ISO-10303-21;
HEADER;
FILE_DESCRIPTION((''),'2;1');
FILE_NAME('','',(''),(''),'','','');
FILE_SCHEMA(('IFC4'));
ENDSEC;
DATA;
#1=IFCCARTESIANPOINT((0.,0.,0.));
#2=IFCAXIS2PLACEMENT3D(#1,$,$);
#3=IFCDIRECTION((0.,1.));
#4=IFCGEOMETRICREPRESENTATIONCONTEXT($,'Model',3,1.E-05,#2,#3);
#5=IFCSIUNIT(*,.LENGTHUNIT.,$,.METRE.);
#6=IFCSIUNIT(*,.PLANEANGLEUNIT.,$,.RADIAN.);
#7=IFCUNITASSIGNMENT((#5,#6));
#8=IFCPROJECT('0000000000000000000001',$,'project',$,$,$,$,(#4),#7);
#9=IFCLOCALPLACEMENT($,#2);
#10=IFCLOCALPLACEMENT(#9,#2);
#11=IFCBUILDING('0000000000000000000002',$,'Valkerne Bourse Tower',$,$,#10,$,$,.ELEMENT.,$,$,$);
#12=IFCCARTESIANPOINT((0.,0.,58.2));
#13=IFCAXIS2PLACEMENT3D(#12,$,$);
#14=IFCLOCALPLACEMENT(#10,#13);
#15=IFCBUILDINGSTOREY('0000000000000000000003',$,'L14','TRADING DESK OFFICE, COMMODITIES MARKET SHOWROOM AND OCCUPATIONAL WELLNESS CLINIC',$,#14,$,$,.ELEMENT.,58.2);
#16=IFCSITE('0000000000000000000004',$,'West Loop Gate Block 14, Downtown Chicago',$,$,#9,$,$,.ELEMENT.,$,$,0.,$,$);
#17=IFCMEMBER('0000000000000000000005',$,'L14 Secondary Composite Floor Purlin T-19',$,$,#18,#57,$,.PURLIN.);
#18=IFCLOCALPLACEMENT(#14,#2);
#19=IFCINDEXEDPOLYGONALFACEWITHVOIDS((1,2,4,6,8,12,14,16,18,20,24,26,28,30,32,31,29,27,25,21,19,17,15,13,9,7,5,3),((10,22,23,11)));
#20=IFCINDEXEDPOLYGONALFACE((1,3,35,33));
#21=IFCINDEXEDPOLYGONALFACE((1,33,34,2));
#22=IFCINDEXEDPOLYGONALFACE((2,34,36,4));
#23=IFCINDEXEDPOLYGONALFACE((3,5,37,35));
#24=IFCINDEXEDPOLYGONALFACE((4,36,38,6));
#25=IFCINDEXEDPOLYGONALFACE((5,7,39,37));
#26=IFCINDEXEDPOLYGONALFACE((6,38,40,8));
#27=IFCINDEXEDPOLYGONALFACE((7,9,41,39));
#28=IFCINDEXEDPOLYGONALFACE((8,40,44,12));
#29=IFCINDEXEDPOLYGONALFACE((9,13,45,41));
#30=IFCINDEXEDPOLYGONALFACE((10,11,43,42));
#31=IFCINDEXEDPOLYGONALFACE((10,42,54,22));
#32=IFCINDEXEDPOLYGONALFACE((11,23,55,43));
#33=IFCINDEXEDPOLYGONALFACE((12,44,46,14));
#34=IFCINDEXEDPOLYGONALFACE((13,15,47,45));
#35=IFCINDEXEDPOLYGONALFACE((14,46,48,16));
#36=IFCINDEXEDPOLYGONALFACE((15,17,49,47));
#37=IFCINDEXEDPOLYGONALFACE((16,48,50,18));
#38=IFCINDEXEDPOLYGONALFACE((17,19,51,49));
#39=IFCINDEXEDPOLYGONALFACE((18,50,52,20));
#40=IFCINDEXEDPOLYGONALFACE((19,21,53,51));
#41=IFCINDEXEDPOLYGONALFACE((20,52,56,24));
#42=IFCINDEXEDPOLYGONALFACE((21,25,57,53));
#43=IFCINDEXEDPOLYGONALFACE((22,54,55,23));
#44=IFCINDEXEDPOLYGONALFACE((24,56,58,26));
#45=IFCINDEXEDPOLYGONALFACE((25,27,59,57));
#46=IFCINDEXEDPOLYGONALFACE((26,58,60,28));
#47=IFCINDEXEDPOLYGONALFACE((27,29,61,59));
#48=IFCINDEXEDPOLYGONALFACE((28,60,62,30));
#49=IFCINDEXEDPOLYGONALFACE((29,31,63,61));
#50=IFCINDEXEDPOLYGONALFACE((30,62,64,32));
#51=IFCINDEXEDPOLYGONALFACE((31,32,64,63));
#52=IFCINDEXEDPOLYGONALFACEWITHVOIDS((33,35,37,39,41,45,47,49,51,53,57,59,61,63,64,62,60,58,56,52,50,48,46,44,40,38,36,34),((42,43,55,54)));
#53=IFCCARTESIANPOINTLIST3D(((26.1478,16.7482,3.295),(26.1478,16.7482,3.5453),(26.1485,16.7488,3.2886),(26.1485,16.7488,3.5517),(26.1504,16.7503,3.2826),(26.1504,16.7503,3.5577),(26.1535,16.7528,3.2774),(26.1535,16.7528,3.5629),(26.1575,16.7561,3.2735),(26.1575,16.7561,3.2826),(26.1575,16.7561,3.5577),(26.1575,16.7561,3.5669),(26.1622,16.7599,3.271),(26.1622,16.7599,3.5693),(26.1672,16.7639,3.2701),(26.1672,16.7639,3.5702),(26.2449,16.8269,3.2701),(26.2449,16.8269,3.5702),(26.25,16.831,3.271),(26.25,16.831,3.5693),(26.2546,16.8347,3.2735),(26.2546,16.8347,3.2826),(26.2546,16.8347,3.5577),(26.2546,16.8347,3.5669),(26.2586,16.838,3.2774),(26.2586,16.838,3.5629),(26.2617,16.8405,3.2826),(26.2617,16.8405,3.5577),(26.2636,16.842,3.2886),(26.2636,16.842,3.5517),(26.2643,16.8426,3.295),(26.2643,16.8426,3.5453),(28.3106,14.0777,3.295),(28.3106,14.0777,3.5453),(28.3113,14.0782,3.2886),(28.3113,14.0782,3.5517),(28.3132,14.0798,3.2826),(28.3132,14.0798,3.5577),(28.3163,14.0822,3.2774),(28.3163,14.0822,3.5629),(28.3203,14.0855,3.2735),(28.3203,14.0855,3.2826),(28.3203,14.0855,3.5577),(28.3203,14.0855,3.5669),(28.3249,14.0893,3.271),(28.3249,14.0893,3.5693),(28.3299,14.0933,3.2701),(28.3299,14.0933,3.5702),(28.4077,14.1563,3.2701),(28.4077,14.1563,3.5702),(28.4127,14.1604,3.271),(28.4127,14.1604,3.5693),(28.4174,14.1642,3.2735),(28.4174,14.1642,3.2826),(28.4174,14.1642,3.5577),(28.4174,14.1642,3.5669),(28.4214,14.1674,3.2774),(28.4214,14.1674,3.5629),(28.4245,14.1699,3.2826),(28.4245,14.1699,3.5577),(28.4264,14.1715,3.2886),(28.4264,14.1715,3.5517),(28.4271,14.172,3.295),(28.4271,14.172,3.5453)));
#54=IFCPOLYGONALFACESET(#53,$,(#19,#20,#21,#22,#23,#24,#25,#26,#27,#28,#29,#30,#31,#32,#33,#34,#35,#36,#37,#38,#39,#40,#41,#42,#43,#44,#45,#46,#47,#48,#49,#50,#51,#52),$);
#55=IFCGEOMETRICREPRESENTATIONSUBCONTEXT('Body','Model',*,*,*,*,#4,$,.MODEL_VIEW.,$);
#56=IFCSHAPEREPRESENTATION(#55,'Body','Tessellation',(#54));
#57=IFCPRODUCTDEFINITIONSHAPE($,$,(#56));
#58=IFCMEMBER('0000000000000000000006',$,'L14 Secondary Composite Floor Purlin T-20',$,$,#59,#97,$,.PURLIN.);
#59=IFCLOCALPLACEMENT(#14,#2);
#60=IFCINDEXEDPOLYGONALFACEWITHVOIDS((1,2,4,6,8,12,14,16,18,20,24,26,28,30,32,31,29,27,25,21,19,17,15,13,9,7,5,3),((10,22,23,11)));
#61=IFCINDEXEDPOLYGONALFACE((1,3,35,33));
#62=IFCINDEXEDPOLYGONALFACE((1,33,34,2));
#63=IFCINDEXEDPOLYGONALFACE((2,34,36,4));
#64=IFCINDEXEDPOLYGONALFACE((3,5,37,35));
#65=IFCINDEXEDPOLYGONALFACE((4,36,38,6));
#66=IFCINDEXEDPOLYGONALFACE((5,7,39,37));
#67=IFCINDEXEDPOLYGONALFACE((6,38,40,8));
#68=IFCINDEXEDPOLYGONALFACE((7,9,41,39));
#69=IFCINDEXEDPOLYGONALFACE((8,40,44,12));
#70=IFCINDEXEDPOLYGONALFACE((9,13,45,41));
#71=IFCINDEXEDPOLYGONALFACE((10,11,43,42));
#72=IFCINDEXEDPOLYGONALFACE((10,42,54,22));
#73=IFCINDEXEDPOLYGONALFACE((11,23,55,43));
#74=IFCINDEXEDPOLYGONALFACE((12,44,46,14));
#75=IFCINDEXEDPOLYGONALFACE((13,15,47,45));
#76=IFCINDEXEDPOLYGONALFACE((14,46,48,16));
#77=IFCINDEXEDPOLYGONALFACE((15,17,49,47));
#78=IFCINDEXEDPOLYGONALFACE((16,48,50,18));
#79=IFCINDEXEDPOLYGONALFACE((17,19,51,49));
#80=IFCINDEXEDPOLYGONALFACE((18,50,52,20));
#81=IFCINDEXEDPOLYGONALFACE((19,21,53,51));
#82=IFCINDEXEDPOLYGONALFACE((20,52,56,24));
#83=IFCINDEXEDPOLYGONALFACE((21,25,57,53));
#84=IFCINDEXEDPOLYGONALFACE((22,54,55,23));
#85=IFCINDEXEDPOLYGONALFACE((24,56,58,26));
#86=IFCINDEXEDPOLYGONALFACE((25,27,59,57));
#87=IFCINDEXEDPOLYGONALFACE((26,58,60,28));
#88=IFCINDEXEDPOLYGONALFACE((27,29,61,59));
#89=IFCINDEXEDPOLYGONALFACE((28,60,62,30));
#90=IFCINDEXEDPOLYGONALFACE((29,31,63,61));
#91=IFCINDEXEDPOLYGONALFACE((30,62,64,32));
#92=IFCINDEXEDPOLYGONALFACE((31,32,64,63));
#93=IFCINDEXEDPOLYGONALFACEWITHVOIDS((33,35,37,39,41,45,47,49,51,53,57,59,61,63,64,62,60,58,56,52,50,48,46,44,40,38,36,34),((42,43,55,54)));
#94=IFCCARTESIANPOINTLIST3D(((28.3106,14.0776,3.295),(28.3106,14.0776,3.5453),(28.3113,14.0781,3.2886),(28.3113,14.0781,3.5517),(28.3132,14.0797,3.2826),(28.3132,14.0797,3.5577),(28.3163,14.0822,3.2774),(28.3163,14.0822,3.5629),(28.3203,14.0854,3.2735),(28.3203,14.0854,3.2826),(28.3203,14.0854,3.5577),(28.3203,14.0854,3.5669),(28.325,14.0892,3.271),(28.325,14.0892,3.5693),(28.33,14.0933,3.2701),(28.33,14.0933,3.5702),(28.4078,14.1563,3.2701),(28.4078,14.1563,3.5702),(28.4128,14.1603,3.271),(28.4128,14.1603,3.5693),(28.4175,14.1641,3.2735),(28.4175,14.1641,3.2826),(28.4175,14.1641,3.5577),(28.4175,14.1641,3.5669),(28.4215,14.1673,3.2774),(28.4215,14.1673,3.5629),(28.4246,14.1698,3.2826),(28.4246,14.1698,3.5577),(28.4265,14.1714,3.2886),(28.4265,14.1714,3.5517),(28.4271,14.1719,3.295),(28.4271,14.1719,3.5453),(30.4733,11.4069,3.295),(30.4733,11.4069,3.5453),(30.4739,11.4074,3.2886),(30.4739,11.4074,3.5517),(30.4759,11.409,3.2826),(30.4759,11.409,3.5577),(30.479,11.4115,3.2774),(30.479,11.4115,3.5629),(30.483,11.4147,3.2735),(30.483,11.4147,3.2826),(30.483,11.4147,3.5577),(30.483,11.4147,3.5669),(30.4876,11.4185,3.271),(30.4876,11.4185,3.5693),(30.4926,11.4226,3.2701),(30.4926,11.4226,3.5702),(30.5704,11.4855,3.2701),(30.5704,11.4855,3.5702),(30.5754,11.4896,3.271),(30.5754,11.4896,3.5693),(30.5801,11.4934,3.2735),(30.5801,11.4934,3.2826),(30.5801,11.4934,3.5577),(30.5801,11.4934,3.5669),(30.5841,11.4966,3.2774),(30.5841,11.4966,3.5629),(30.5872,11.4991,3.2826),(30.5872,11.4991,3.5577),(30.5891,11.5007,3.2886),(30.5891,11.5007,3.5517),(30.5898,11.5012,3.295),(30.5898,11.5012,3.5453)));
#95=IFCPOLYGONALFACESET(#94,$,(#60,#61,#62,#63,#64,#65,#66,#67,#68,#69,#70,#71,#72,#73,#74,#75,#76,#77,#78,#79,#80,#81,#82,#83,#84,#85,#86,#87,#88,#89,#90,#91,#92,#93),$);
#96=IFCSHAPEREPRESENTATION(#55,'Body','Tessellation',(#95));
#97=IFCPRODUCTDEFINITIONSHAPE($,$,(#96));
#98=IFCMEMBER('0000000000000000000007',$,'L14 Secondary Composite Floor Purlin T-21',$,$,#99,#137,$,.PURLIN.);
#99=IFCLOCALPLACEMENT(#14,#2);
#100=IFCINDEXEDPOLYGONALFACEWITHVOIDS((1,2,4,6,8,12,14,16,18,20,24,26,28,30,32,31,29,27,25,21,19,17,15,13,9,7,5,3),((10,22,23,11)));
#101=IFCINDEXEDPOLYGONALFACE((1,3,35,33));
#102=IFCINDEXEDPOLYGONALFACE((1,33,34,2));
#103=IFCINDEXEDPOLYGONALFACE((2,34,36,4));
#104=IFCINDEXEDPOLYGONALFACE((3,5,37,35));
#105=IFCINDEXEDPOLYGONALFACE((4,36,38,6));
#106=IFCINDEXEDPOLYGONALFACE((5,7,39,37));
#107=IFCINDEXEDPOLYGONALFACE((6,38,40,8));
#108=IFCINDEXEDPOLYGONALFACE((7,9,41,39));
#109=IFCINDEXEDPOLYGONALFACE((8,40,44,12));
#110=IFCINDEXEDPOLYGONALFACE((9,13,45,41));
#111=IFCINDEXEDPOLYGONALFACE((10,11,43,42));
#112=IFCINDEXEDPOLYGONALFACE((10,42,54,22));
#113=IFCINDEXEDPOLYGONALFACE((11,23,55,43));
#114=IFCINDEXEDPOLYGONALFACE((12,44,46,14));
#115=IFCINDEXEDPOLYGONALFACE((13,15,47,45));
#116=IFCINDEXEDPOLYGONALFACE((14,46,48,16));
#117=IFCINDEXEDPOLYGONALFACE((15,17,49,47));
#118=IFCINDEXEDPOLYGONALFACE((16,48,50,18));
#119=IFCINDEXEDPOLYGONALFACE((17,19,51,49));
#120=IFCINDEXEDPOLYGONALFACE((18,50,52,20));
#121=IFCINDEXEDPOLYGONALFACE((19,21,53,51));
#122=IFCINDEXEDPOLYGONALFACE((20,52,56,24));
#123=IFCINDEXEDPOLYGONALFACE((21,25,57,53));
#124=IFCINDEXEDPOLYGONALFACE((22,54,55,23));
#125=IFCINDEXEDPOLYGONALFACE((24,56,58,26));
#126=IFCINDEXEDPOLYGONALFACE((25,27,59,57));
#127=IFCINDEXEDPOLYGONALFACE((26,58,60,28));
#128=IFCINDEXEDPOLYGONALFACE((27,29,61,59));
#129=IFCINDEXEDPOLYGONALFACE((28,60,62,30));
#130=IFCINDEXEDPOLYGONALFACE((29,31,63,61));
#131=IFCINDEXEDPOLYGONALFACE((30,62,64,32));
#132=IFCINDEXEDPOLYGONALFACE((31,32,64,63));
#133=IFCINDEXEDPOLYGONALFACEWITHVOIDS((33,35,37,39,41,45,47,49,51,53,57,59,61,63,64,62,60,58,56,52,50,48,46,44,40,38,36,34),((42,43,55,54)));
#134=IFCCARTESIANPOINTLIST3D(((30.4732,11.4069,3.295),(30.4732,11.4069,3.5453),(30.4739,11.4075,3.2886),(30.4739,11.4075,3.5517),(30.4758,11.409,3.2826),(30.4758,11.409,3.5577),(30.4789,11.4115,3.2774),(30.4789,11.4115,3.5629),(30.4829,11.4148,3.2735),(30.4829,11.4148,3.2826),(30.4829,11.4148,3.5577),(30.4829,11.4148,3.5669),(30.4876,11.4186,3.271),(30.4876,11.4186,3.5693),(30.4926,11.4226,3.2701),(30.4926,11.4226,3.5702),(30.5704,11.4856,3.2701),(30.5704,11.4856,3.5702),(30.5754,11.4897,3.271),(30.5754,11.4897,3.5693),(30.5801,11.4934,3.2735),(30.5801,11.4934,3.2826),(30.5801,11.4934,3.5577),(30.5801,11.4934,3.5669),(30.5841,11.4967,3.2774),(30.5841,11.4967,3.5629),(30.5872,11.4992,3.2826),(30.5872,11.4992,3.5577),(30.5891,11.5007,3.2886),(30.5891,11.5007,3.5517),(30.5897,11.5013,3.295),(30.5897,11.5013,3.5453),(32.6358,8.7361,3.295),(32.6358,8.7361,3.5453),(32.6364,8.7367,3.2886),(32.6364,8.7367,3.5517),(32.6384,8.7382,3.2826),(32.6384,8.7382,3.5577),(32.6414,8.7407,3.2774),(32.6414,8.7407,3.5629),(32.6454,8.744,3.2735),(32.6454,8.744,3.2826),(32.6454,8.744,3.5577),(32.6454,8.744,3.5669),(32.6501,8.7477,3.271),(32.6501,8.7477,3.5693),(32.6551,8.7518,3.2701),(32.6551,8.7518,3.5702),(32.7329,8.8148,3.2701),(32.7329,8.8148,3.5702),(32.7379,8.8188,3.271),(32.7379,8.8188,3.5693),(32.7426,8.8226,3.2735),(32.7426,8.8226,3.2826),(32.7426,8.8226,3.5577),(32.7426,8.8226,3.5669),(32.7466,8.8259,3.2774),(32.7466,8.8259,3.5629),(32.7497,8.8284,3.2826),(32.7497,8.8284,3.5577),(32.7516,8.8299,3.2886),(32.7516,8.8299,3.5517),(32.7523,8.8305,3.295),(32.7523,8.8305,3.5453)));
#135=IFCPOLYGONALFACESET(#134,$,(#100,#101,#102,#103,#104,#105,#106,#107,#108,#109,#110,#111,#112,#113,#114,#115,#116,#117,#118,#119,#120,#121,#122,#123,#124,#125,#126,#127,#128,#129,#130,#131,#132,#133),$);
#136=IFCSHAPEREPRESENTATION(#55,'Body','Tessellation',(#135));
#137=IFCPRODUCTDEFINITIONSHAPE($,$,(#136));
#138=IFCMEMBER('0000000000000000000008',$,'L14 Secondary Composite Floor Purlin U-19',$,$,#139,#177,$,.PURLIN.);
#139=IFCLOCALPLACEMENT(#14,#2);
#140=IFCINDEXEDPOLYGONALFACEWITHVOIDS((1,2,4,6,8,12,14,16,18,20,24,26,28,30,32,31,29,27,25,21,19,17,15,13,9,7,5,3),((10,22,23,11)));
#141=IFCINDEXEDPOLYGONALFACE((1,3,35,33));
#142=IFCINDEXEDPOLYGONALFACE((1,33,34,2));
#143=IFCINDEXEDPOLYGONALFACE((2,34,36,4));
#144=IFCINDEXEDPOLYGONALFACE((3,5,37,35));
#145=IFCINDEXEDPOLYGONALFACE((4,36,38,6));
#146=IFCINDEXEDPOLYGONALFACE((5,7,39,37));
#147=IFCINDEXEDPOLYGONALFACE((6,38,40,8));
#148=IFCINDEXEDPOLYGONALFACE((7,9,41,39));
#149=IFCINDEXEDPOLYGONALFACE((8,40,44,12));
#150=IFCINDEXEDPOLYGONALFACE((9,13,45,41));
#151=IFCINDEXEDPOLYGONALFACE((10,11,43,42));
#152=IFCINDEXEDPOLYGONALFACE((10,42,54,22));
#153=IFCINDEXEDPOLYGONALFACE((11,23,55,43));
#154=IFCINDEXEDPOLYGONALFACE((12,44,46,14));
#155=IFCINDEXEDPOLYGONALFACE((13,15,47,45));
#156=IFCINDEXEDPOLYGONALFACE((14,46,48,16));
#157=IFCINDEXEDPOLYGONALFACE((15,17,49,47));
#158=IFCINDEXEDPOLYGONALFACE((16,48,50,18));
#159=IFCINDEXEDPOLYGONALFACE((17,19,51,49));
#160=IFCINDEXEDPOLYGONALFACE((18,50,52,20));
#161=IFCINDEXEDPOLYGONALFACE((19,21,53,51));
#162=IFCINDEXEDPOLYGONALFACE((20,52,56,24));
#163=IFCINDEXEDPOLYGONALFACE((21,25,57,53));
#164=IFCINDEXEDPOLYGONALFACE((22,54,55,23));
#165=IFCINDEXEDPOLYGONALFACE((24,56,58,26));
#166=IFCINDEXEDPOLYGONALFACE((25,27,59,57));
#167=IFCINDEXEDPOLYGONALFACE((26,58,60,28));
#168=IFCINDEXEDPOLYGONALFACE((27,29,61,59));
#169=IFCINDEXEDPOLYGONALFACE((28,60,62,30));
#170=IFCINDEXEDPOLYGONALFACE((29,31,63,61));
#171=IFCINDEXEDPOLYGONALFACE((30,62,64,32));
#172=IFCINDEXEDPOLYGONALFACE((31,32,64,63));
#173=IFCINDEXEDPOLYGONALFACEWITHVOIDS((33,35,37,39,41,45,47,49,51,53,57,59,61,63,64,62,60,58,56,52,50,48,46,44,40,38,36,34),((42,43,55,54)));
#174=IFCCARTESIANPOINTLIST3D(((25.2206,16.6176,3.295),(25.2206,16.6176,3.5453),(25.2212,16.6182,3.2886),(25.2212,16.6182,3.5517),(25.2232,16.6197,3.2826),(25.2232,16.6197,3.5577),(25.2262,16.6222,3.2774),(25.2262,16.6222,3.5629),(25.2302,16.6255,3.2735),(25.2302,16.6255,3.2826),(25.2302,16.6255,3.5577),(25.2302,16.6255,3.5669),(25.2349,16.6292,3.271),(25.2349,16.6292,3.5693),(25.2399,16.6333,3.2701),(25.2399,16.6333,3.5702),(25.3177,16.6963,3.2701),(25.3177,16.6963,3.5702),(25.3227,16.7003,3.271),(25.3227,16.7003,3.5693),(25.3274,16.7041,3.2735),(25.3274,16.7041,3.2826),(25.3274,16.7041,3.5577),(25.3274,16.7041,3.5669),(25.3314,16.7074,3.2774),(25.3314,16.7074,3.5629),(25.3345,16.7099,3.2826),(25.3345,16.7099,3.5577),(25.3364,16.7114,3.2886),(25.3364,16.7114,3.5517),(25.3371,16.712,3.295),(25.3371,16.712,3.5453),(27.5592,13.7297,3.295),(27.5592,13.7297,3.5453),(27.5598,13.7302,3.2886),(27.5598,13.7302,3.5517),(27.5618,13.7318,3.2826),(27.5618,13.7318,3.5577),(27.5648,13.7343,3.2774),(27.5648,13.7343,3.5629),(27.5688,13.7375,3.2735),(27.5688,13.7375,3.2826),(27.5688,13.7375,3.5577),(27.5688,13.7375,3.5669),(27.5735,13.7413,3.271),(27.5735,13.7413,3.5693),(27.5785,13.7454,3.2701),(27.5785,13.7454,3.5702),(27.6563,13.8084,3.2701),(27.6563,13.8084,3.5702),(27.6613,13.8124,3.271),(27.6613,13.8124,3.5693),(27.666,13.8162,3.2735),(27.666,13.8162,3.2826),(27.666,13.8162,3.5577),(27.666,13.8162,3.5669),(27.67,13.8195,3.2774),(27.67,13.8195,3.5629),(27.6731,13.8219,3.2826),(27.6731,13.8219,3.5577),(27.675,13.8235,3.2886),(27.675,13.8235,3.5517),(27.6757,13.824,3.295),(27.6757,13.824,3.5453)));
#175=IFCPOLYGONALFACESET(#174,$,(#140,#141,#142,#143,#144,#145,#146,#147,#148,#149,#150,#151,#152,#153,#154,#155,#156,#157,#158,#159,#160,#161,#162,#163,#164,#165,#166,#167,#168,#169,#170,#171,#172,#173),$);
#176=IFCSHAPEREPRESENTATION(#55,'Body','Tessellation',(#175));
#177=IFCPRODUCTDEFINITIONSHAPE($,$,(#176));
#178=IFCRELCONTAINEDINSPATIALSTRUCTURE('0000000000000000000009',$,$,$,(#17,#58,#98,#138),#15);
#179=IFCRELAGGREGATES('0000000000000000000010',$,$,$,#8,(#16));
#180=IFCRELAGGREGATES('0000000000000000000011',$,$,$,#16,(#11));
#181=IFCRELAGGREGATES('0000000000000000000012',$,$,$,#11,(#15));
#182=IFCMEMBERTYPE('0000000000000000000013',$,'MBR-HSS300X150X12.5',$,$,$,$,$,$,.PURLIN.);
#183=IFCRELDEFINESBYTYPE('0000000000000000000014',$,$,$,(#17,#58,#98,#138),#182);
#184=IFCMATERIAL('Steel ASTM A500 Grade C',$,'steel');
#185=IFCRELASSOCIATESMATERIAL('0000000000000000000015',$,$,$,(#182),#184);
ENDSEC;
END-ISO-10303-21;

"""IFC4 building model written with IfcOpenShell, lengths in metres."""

from ifc_helpers import new_model, si_unit, direction, frame, origin, origin_2d, place, context, subcontext, project, spatial, hollow_rectangle, extrude, material, material_profile, profile_set, type_object, element, save


model = new_model("IFC4")

# Units and contexts
model_context = context("Model", 3, precision=1e-05, world=origin(), true_north=direction((0.0, 1.0)))
body_context = subcontext(model_context, "Body", "Model", "MODEL_VIEW")
ifc_project = project(units=[si_unit("LENGTHUNIT", "METRE"), si_unit("PLANEANGLEUNIT", "RADIAN")], contexts=[model_context])

# Site, building, storey
site_placement = place(None, origin())
site = spatial("IfcSite", under=ifc_project, at=site_placement, Name="West Loop Gate Block 14, Downtown Chicago", CompositionType="ELEMENT", RefElevation=0.0)
building_placement = place(site_placement, origin())
building = spatial("IfcBuilding", under=site, at=building_placement, Name="Valkerne Bourse Tower", CompositionType="ELEMENT")
storey_placement = place(building_placement, frame((0.0, 0.0, 58.2)))
storey = spatial("IfcBuildingStorey", under=building, at=storey_placement, Name="L14", Description="TRADING DESK OFFICE, COMMODITIES MARKET SHOWROOM AND OCCUPATIONAL WELLNESS CLINIC", CompositionType="ELEMENT", Elevation=58.2)

# Members
ifc_material_1 = material(Name="Steel ASTM A500 Grade C", Category="steel")
ifc_material_profile_1 = material_profile(ifc_material_1, hollow_rectangle(XDim=0.1499, YDim=0.3, WallThickness=0.0125, OuterFilletRadius=0.0249, at=origin_2d()), Name="HSS300X150X12.5")
ifc_profile_set_1 = profile_set([ifc_material_profile_1], Name="Steel ASTM A500 Grade C")
member_type_1 = type_object("IfcMemberType", Name="MBR-HSS300X150X12.5", PredefinedType="PURLIN", material=ifc_profile_set_1)
for number, where, z_axis, x_axis, name in (
    (1, (26.2061, 16.7954, 3.4202), (0.629354, -0.777119, 0.0), (0.777119, 0.629354, 0.0), "L14 Secondary Composite Floor Purlin T-19"),
    (2, (28.3689, 14.1248, 3.4202), (0.629311, -0.777154, 0.0), (0.777154, 0.629311, 0.0), "L14 Secondary Composite Floor Purlin T-20"),
    (3, (30.5315, 11.4541, 3.4202), (0.629276, -0.777182, 0.0), (0.777182, 0.629276, 0.0), "L14 Secondary Composite Floor Purlin T-21"),
):
    element("IfcMember", number, at=place(storey_placement, frame(where, z_axis=z_axis, x_axis=x_axis)), inside=storey, type_object=member_type_1, Name=name, PredefinedType="PURLIN", context=body_context, shape_type="SweptSolid", body=[
        extrude(hollow_rectangle(XDim=0.1499, YDim=0.3, WallThickness=0.0125, OuterFilletRadius=0.0249, at=origin_2d()), origin(), (0.0, 0.0, 1.0), 3.4365),
    ])
member_1_placement = place(storey_placement, frame((25.2788, 16.6648, 3.4202), z_axis=(0.629323, -0.777144, 0.0), x_axis=(0.777144, 0.629323, 0.0)))
element("IfcMember", 4, at=member_1_placement, inside=storey, type_object=member_type_1, Name="L14 Secondary Composite Floor Purlin U-19", PredefinedType="PURLIN", context=body_context, shape_type="SweptSolid", body=[
    extrude(hollow_rectangle(XDim=0.1499, YDim=0.3, WallThickness=0.0125, OuterFilletRadius=0.0249, at=origin_2d()), origin(), (0.0, 0.0, 1.0), 3.7161),
])

save(model, "model.ifc")
